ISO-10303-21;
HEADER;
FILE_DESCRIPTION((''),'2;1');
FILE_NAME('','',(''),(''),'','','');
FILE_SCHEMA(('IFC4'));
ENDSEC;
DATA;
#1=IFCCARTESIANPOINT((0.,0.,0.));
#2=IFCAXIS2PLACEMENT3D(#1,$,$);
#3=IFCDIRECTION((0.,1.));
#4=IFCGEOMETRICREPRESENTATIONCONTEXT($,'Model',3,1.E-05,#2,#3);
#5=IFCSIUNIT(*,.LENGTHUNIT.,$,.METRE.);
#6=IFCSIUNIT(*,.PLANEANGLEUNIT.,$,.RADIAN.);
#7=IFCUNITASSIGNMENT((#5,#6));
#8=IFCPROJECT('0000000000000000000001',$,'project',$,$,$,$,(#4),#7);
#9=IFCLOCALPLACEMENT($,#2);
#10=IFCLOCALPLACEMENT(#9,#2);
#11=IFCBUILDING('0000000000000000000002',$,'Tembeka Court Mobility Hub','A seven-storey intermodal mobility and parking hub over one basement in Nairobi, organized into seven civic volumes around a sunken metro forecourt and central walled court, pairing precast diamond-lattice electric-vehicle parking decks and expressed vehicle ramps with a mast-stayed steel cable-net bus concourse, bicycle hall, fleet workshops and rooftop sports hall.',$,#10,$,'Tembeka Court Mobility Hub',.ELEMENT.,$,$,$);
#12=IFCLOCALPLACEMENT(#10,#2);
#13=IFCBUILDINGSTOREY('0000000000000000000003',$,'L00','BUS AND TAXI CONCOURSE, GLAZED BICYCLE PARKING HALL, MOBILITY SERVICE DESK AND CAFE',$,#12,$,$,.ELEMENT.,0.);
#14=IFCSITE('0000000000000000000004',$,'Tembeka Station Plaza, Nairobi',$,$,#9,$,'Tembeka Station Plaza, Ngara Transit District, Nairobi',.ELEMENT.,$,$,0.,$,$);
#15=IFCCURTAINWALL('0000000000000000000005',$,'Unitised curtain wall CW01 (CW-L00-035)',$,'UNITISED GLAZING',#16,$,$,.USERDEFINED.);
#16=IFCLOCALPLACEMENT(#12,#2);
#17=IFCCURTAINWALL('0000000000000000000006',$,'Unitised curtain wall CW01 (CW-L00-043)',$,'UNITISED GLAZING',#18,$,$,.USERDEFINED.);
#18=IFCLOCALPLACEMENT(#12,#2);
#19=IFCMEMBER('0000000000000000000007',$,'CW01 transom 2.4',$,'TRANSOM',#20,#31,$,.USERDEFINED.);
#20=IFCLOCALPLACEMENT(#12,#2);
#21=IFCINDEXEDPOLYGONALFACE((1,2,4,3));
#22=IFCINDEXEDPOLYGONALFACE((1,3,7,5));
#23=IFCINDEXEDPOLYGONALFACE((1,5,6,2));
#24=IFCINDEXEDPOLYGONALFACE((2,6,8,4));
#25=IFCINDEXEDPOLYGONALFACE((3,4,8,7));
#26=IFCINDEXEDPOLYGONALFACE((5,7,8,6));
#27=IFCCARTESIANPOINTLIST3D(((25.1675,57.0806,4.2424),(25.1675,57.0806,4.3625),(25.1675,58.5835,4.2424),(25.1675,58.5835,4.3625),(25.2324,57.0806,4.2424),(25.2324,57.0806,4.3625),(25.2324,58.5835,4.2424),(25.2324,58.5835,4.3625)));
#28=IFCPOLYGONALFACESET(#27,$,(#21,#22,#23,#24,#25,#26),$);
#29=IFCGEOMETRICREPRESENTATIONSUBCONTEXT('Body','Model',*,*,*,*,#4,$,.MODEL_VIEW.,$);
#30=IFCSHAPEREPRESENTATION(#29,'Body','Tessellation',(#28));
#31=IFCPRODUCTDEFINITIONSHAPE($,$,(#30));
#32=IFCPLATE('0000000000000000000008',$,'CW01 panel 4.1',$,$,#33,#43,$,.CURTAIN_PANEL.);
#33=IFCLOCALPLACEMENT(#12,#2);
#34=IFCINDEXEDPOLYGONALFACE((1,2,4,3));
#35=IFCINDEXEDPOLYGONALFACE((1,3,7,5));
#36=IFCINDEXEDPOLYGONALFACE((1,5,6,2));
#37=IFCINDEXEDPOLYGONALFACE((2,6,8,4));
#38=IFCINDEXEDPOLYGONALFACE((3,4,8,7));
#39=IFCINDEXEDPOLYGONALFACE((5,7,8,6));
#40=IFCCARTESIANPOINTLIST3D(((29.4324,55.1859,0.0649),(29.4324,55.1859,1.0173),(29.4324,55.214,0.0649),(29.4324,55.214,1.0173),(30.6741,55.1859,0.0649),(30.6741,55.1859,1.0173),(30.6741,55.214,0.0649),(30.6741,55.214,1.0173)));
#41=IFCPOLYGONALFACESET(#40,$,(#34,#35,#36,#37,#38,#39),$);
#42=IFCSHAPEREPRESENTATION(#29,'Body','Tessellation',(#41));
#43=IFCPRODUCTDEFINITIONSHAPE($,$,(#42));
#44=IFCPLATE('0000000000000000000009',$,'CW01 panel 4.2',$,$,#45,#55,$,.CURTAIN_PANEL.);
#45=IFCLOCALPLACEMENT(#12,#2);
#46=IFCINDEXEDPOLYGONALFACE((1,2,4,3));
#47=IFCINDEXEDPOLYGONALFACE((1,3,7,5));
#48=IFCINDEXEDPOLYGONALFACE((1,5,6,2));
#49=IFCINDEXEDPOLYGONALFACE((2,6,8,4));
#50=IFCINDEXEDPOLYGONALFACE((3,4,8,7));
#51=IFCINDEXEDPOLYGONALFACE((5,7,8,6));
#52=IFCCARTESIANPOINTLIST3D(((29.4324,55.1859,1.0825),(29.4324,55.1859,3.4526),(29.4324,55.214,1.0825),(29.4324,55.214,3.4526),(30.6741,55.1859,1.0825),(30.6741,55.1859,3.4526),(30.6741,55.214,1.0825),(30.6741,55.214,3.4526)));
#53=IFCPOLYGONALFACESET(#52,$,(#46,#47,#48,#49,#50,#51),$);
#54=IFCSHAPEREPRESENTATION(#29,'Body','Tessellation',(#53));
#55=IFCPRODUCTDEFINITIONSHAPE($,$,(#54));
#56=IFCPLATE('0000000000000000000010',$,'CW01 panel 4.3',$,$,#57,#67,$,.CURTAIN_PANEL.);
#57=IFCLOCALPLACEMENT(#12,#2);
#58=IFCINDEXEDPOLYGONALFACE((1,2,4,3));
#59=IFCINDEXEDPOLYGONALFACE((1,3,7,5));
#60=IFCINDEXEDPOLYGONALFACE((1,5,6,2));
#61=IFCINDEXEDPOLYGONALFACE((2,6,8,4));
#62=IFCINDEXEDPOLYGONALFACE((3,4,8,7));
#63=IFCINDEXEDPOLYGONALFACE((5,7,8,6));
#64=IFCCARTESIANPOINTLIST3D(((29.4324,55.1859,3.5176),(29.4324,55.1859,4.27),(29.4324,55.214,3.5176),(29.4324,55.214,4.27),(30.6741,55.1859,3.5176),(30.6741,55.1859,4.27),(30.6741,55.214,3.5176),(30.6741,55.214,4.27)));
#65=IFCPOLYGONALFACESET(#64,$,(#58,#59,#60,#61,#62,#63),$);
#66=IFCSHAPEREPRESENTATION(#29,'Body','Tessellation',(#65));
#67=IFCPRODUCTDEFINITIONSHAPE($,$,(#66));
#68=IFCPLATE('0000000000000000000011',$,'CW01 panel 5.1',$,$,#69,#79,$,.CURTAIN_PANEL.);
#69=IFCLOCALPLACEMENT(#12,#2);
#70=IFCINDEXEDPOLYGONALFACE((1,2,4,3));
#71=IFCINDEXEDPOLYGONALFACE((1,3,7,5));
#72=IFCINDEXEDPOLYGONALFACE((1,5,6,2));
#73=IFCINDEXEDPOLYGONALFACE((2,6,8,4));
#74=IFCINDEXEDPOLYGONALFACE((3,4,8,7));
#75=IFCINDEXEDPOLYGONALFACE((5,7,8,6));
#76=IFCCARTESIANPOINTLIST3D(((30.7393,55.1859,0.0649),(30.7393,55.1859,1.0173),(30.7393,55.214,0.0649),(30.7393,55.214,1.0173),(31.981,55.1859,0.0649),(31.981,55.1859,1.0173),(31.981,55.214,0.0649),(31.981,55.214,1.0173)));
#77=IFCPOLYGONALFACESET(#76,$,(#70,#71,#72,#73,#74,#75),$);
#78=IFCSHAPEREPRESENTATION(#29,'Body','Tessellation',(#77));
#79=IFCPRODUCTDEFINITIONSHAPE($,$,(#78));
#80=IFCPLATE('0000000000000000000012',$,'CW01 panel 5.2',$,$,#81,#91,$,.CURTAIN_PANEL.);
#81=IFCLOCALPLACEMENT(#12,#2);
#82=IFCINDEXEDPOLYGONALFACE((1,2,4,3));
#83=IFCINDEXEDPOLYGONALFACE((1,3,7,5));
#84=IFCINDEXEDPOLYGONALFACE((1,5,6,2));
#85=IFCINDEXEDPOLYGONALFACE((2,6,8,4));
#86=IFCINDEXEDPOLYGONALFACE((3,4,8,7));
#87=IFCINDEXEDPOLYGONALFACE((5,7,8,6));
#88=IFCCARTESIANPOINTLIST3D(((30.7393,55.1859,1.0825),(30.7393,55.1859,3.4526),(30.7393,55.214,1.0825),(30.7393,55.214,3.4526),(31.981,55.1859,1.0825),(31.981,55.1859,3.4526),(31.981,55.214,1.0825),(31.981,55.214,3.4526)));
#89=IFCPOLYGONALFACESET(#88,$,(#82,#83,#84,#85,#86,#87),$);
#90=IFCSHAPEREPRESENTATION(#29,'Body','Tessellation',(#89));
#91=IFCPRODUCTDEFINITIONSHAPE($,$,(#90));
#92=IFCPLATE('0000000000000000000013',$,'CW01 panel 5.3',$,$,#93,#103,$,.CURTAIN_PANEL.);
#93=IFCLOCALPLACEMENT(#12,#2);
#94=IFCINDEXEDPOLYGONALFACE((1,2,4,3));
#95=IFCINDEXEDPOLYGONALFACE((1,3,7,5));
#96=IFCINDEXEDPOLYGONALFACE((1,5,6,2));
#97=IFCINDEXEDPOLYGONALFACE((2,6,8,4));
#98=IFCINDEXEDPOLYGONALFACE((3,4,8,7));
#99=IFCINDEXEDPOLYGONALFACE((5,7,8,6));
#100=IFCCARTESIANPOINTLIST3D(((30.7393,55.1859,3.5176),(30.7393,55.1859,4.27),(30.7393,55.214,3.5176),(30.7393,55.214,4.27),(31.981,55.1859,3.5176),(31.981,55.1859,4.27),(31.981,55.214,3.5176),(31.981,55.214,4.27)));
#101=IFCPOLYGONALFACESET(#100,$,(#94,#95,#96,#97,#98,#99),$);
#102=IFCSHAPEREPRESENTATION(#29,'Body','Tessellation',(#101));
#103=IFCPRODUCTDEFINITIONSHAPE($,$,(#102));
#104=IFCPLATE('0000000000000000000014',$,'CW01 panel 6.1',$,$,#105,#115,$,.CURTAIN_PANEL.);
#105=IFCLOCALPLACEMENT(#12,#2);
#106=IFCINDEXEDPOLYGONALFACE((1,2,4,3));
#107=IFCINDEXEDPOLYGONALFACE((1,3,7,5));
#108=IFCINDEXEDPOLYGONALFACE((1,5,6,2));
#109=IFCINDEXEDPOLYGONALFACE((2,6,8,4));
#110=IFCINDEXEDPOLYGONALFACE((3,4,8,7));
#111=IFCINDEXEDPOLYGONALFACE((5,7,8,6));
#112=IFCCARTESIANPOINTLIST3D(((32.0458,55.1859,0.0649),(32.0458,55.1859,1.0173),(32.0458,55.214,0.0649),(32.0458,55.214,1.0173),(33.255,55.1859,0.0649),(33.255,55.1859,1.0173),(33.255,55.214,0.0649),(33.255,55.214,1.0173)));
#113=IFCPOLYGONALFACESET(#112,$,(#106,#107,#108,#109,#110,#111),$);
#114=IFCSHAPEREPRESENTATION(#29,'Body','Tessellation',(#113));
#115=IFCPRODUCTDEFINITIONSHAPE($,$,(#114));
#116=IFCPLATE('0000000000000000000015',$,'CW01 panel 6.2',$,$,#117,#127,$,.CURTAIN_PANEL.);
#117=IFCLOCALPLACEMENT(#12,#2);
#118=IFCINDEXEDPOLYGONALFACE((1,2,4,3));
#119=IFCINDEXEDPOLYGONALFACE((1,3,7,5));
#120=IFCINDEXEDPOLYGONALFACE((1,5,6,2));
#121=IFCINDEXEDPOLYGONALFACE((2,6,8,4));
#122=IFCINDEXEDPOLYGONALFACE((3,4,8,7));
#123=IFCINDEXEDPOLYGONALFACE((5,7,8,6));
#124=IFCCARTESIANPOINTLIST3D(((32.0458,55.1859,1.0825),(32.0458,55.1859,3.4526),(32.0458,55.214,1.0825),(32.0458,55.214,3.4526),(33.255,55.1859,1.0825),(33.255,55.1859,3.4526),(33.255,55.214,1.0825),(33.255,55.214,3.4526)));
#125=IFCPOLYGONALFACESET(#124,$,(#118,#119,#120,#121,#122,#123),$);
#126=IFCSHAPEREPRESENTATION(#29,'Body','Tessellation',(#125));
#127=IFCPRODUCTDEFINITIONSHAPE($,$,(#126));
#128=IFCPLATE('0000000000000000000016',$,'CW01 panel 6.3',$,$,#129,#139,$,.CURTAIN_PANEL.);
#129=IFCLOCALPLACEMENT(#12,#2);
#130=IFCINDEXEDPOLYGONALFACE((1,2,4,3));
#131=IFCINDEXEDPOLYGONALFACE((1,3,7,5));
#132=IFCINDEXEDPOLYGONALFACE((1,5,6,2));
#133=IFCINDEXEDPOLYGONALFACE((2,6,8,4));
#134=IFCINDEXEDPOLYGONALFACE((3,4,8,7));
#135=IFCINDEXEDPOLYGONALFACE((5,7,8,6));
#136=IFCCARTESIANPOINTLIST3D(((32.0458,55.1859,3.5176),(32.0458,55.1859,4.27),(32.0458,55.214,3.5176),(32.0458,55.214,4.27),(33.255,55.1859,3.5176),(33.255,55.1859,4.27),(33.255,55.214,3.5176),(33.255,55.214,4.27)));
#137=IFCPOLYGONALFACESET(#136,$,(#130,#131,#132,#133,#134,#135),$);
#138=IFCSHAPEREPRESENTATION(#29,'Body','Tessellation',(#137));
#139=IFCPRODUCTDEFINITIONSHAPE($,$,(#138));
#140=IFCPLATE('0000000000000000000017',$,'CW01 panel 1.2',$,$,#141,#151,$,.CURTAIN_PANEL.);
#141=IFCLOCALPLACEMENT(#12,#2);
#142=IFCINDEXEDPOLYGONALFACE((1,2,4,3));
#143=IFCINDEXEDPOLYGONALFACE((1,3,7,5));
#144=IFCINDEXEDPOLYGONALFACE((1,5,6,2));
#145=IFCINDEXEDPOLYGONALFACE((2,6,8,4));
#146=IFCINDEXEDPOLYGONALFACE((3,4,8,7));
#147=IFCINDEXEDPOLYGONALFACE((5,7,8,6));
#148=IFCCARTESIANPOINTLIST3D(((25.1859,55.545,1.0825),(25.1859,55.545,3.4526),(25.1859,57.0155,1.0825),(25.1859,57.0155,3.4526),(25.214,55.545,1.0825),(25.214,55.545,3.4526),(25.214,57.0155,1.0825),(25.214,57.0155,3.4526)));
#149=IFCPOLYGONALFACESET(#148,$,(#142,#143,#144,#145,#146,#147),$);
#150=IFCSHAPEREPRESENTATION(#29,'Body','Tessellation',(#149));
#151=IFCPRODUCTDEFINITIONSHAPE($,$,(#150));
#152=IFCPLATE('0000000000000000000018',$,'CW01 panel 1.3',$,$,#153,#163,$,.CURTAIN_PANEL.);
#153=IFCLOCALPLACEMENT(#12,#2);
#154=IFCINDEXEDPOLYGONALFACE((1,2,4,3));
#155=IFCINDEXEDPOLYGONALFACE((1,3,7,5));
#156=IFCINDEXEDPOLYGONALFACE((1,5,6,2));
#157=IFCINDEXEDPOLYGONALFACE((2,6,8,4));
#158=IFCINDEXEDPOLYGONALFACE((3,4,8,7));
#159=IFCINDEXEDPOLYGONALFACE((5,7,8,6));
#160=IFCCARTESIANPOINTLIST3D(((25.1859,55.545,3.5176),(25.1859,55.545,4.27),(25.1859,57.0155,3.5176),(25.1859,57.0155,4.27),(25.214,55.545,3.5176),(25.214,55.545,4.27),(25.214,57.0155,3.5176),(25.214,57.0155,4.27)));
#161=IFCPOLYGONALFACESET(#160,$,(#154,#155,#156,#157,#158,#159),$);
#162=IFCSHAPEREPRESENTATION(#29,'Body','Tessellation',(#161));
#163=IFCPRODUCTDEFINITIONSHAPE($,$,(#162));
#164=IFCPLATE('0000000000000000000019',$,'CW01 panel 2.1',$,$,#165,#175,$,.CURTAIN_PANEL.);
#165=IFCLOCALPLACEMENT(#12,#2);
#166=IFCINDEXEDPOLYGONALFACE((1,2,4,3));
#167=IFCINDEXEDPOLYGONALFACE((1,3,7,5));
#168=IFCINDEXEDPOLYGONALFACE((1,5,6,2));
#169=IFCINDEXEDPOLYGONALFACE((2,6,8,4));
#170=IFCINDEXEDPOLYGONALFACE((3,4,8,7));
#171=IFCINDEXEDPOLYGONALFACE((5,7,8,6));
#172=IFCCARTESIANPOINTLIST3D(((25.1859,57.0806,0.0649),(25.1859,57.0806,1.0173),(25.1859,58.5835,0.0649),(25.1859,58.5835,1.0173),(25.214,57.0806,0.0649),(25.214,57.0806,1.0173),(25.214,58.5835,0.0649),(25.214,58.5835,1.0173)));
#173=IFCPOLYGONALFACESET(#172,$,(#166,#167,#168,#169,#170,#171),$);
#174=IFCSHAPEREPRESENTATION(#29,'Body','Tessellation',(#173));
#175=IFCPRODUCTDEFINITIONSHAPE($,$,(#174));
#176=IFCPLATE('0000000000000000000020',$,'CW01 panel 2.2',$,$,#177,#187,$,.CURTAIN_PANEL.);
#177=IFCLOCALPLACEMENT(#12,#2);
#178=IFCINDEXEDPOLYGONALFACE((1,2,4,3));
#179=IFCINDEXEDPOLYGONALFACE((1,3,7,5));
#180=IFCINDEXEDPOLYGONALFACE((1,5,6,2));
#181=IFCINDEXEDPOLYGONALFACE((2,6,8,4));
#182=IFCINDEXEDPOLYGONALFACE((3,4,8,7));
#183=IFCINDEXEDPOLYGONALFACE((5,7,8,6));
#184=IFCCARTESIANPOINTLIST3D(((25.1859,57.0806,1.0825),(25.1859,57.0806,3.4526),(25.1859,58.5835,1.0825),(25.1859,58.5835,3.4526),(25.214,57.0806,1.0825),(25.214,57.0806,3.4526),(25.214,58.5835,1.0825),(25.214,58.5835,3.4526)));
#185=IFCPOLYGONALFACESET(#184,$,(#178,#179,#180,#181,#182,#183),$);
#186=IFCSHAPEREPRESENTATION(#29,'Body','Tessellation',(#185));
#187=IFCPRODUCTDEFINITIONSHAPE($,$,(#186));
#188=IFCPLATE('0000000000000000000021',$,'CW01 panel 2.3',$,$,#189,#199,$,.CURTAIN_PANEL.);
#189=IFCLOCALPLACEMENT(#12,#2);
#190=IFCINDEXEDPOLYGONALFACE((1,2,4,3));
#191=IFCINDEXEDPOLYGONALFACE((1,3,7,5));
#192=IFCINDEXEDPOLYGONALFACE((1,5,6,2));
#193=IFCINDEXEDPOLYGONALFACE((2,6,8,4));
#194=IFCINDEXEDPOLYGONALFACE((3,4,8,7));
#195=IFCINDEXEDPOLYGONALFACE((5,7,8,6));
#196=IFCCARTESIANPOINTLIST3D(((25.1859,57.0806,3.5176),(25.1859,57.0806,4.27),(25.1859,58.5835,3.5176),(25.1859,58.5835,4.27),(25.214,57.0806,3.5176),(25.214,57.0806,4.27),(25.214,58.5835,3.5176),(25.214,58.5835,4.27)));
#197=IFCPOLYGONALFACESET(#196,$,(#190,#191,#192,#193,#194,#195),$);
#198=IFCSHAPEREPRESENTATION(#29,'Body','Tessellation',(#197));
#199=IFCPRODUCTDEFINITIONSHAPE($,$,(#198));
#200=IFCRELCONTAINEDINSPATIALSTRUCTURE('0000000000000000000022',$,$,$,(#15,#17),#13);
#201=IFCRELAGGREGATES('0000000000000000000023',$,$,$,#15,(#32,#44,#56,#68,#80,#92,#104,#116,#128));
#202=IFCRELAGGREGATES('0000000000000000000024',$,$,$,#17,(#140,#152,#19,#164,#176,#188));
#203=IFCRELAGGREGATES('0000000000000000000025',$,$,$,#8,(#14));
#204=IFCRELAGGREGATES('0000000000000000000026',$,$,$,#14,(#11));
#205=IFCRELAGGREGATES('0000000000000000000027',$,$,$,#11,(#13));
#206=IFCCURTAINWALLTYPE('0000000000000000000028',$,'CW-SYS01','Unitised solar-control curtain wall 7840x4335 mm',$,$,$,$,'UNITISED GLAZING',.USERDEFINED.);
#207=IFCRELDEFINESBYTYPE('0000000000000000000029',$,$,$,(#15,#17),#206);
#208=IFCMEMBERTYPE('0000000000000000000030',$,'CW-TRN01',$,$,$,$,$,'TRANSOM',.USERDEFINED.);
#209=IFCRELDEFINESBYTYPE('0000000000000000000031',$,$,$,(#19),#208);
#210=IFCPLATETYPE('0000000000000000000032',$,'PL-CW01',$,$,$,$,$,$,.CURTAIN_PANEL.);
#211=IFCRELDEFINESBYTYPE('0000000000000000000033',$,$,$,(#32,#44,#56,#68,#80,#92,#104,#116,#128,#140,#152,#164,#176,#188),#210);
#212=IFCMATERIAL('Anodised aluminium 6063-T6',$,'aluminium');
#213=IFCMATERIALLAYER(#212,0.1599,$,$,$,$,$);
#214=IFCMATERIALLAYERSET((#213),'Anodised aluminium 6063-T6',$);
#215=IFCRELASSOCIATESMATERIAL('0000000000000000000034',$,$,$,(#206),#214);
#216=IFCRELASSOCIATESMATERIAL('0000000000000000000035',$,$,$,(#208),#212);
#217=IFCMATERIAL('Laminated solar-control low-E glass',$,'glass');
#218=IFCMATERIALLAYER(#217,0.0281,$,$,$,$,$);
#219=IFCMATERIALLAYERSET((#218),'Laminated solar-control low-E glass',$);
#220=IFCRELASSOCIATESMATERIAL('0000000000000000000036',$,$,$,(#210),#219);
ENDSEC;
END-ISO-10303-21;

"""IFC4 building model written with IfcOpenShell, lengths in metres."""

from ifc_helpers import new_model, si_unit, direction, frame, origin, origin_2d, place, context, subcontext, project, spatial, rectangle, extrude, material, layer, layer_set, material_profile, profile_set, type_object, element, aggregate, save


model = new_model("IFC4")

# Units and contexts
model_context = context("Model", 3, precision=1e-05, world=origin(), true_north=direction((0.0, 1.0)))
body_context = subcontext(model_context, "Body", "Model", "MODEL_VIEW")
ifc_project = project(units=[si_unit("LENGTHUNIT", "METRE"), si_unit("PLANEANGLEUNIT", "RADIAN")], contexts=[model_context])

# Site, building, storey
site_placement = place(None, origin())
site = spatial("IfcSite", under=ifc_project, at=site_placement, Name="Tembeka Station Plaza, Nairobi", LongName="Tembeka Station Plaza, Ngara Transit District, Nairobi", CompositionType="ELEMENT", RefElevation=0.0)
building_placement = place(site_placement, origin())
building = spatial("IfcBuilding", under=site, at=building_placement, Name="Tembeka Court Mobility Hub", Description="A seven-storey intermodal mobility and parking hub over one basement in Nairobi, organized into seven civic volumes around a sunken metro forecourt and central walled court, pairing precast diamond-lattice electric-vehicle parking decks and expressed vehicle ramps with a mast-stayed steel cable-net bus concourse, bicycle hall, fleet workshops and rooftop sports hall.", LongName="Tembeka Court Mobility Hub", CompositionType="ELEMENT")
storey_placement = place(building_placement, origin())
storey = spatial("IfcBuildingStorey", under=building, at=storey_placement, Name="L00", Description="BUS AND TAXI CONCOURSE, GLAZED BICYCLE PARKING HALL, MOBILITY SERVICE DESK AND CAFE", CompositionType="ELEMENT", Elevation=0.0)

# Curtain wall
ifc_material_1 = material(Name="Anodised aluminium 6063-T6", Category="aluminium")
ifc_layer_1 = layer(ifc_material_1, 0.1599)
ifc_layer_set_1 = layer_set([ifc_layer_1], Name="Anodised aluminium 6063-T6")
curtain_wall_type = type_object("IfcCurtainWallType", Name="CW-SYS01", Description="Unitised solar-control curtain wall 7840x4335 mm", ElementType="UNITISED GLAZING", PredefinedType="USERDEFINED", material=ifc_layer_set_1)
curtain_wall_1_placement = place(storey_placement, origin())
curtain_wall_1 = element("IfcCurtainWall", 1, at=curtain_wall_1_placement, inside=storey, type_object=curtain_wall_type, Name="Unitised curtain wall CW01 (CW-L00-035)", ObjectType="UNITISED GLAZING", PredefinedType="USERDEFINED")

# Curtain wall
curtain_wall_2_placement = place(storey_placement, origin())
curtain_wall_2 = element("IfcCurtainWall", 2, at=curtain_wall_2_placement, inside=storey, type_object=curtain_wall_type, Name="Unitised curtain wall CW01 (CW-L00-043)", ObjectType="UNITISED GLAZING", PredefinedType="USERDEFINED")

# Member
ifc_material_profile_1 = material_profile(ifc_material_1, rectangle(XDim=0.0649, YDim=0.1201, at=origin_2d()), Name="ALU-TRN 65x120")
ifc_profile_set_1 = profile_set([ifc_material_profile_1], Name="Anodised aluminium 6063-T6")
member_type_1 = type_object("IfcMemberType", Name="CW-TRN01", ElementType="TRANSOM", PredefinedType="USERDEFINED", material=ifc_profile_set_1)
member_1_placement = place(storey_placement, frame((25.2, 57.0806, 4.3025), z_axis=(0.0, 1.0, 0.0), x_axis=(-1.0, 0.0, 0.0)))
member_1 = element("IfcMember", 3, at=member_1_placement, type_object=member_type_1, Name="CW01 transom 2.4", ObjectType="TRANSOM", PredefinedType="USERDEFINED", context=body_context, shape_type="SweptSolid", body=[
    extrude(rectangle(XDim=0.0649, YDim=0.1201, at=origin_2d()), origin(), (0.0, 0.0, 1.0), 1.5029),
])

# Plates
ifc_material_2 = material(Name="Laminated solar-control low-E glass", Category="glass")
ifc_layer_2 = layer(ifc_material_2, 0.0281)
ifc_layer_set_2 = layer_set([ifc_layer_2], Name="Laminated solar-control low-E glass")
plate_type = type_object("IfcPlateType", Name="PL-CW01", PredefinedType="CURTAIN_PANEL", material=ifc_layer_set_2)
plate_1_placement = place(storey_placement, frame((30.0532, 55.2, 0.0649), z_axis=(0.0, 0.0, 1.0), x_axis=(1.0, 0.0, 0.0)))
plate_1 = element("IfcPlate", 4, at=plate_1_placement, type_object=plate_type, Name="CW01 panel 4.1", PredefinedType="CURTAIN_PANEL", context=body_context, shape_type="SweptSolid", body=[
    extrude(rectangle(XDim=1.2417, YDim=0.0281, at=origin_2d()), origin(), (0.0, 0.0, 1.0), 0.9524),
])
plate_2_placement = place(storey_placement, frame((30.0532, 55.2, 1.0825), z_axis=(0.0, 0.0, 1.0), x_axis=(1.0, 0.0, 0.0)))
plate_2 = element("IfcPlate", 5, at=plate_2_placement, type_object=plate_type, Name="CW01 panel 4.2", PredefinedType="CURTAIN_PANEL", context=body_context, shape_type="SweptSolid", body=[
    extrude(rectangle(XDim=1.2417, YDim=0.0281, at=origin_2d()), origin(), (0.0, 0.0, 1.0), 2.3701),
])
plate_3_placement = place(storey_placement, frame((30.0532, 55.2, 3.5176), z_axis=(0.0, 0.0, 1.0), x_axis=(1.0, 0.0, 0.0)))
plate_3 = element("IfcPlate", 6, at=plate_3_placement, type_object=plate_type, Name="CW01 panel 4.3", PredefinedType="CURTAIN_PANEL", context=body_context, shape_type="SweptSolid", body=[
    extrude(rectangle(XDim=1.2417, YDim=0.0281, at=origin_2d()), origin(), (0.0, 0.0, 1.0), 0.7524),
])
plate_4_placement = place(storey_placement, frame((31.3601, 55.2, 0.0649), z_axis=(0.0, 0.0, 1.0), x_axis=(1.0, 0.0, 0.0)))
plate_4 = element("IfcPlate", 7, at=plate_4_placement, type_object=plate_type, Name="CW01 panel 5.1", PredefinedType="CURTAIN_PANEL", context=body_context, shape_type="SweptSolid", body=[
    extrude(rectangle(XDim=1.2417, YDim=0.0281, at=origin_2d()), origin(), (0.0, 0.0, 1.0), 0.9524),
])
plate_5_placement = place(storey_placement, frame((31.3601, 55.2, 1.0825), z_axis=(0.0, 0.0, 1.0), x_axis=(1.0, 0.0, 0.0)))
plate_5 = element("IfcPlate", 8, at=plate_5_placement, type_object=plate_type, Name="CW01 panel 5.2", PredefinedType="CURTAIN_PANEL", context=body_context, shape_type="SweptSolid", body=[
    extrude(rectangle(XDim=1.2417, YDim=0.0281, at=origin_2d()), origin(), (0.0, 0.0, 1.0), 2.3701),
])
plate_6_placement = place(storey_placement, frame((31.3601, 55.2, 3.5176), z_axis=(0.0, 0.0, 1.0), x_axis=(1.0, 0.0, 0.0)))
plate_6 = element("IfcPlate", 9, at=plate_6_placement, type_object=plate_type, Name="CW01 panel 5.3", PredefinedType="CURTAIN_PANEL", context=body_context, shape_type="SweptSolid", body=[
    extrude(rectangle(XDim=1.2417, YDim=0.0281, at=origin_2d()), origin(), (0.0, 0.0, 1.0), 0.7524),
])
plate_7_placement = place(storey_placement, frame((32.6504, 55.2, 0.0649), z_axis=(0.0, 0.0, 1.0), x_axis=(1.0, 0.0, 0.0)))
plate_7 = element("IfcPlate", 10, at=plate_7_placement, type_object=plate_type, Name="CW01 panel 6.1", PredefinedType="CURTAIN_PANEL", context=body_context, shape_type="SweptSolid", body=[
    extrude(rectangle(XDim=1.2092, YDim=0.0281, at=origin_2d()), origin(), (0.0, 0.0, 1.0), 0.9524),
])
plate_8_placement = place(storey_placement, frame((32.6504, 55.2, 1.0825), z_axis=(0.0, 0.0, 1.0), x_axis=(1.0, 0.0, 0.0)))
plate_8 = element("IfcPlate", 11, at=plate_8_placement, type_object=plate_type, Name="CW01 panel 6.2", PredefinedType="CURTAIN_PANEL", context=body_context, shape_type="SweptSolid", body=[
    extrude(rectangle(XDim=1.2092, YDim=0.0281, at=origin_2d()), origin(), (0.0, 0.0, 1.0), 2.3701),
])
plate_9_placement = place(storey_placement, frame((32.6504, 55.2, 3.5176), z_axis=(0.0, 0.0, 1.0), x_axis=(1.0, 0.0, 0.0)))
plate_9 = element("IfcPlate", 12, at=plate_9_placement, type_object=plate_type, Name="CW01 panel 6.3", PredefinedType="CURTAIN_PANEL", context=body_context, shape_type="SweptSolid", body=[
    extrude(rectangle(XDim=1.2092, YDim=0.0281, at=origin_2d()), origin(), (0.0, 0.0, 1.0), 0.7524),
])
aggregate(curtain_wall_1, [plate_1, plate_2, plate_3, plate_4, plate_5, plate_6, plate_7, plate_8, plate_9])
plate_10_placement = place(storey_placement, frame((25.2, 56.2803, 1.0825), z_axis=(0.0, 0.0, 1.0), x_axis=(0.0, 1.0, 0.0)))
plate_10 = element("IfcPlate", 13, at=plate_10_placement, type_object=plate_type, Name="CW01 panel 1.2", PredefinedType="CURTAIN_PANEL", context=body_context, shape_type="SweptSolid", body=[
    extrude(rectangle(XDim=1.4705, YDim=0.0281, at=origin_2d()), origin(), (0.0, 0.0, 1.0), 2.3701),
])
plate_11_placement = place(storey_placement, frame((25.2, 56.2803, 3.5176), z_axis=(0.0, 0.0, 1.0), x_axis=(0.0, 1.0, 0.0)))
plate_11 = element("IfcPlate", 14, at=plate_11_placement, type_object=plate_type, Name="CW01 panel 1.3", PredefinedType="CURTAIN_PANEL", context=body_context, shape_type="SweptSolid", body=[
    extrude(rectangle(XDim=1.4705, YDim=0.0281, at=origin_2d()), origin(), (0.0, 0.0, 1.0), 0.7524),
])
plate_12_placement = place(storey_placement, frame((25.2, 57.832, 0.0649), z_axis=(0.0, 0.0, 1.0), x_axis=(0.0, 1.0, 0.0)))
plate_12 = element("IfcPlate", 15, at=plate_12_placement, type_object=plate_type, Name="CW01 panel 2.1", PredefinedType="CURTAIN_PANEL", context=body_context, shape_type="SweptSolid", body=[
    extrude(rectangle(XDim=1.5029, YDim=0.0281, at=origin_2d()), origin(), (0.0, 0.0, 1.0), 0.9524),
])
plate_13_placement = place(storey_placement, frame((25.2, 57.832, 1.0825), z_axis=(0.0, 0.0, 1.0), x_axis=(0.0, 1.0, 0.0)))
plate_13 = element("IfcPlate", 16, at=plate_13_placement, type_object=plate_type, Name="CW01 panel 2.2", PredefinedType="CURTAIN_PANEL", context=body_context, shape_type="SweptSolid", body=[
    extrude(rectangle(XDim=1.5029, YDim=0.0281, at=origin_2d()), origin(), (0.0, 0.0, 1.0), 2.3701),
])
plate_14_placement = place(storey_placement, frame((25.2, 57.832, 3.5176), z_axis=(0.0, 0.0, 1.0), x_axis=(0.0, 1.0, 0.0)))
plate_14 = element("IfcPlate", 17, at=plate_14_placement, type_object=plate_type, Name="CW01 panel 2.3", PredefinedType="CURTAIN_PANEL", context=body_context, shape_type="SweptSolid", body=[
    extrude(rectangle(XDim=1.5029, YDim=0.0281, at=origin_2d()), origin(), (0.0, 0.0, 1.0), 0.7524),
])
aggregate(curtain_wall_2, [plate_10, plate_11, member_1, plate_12, plate_13, plate_14])

save(model, "model.ifc")
